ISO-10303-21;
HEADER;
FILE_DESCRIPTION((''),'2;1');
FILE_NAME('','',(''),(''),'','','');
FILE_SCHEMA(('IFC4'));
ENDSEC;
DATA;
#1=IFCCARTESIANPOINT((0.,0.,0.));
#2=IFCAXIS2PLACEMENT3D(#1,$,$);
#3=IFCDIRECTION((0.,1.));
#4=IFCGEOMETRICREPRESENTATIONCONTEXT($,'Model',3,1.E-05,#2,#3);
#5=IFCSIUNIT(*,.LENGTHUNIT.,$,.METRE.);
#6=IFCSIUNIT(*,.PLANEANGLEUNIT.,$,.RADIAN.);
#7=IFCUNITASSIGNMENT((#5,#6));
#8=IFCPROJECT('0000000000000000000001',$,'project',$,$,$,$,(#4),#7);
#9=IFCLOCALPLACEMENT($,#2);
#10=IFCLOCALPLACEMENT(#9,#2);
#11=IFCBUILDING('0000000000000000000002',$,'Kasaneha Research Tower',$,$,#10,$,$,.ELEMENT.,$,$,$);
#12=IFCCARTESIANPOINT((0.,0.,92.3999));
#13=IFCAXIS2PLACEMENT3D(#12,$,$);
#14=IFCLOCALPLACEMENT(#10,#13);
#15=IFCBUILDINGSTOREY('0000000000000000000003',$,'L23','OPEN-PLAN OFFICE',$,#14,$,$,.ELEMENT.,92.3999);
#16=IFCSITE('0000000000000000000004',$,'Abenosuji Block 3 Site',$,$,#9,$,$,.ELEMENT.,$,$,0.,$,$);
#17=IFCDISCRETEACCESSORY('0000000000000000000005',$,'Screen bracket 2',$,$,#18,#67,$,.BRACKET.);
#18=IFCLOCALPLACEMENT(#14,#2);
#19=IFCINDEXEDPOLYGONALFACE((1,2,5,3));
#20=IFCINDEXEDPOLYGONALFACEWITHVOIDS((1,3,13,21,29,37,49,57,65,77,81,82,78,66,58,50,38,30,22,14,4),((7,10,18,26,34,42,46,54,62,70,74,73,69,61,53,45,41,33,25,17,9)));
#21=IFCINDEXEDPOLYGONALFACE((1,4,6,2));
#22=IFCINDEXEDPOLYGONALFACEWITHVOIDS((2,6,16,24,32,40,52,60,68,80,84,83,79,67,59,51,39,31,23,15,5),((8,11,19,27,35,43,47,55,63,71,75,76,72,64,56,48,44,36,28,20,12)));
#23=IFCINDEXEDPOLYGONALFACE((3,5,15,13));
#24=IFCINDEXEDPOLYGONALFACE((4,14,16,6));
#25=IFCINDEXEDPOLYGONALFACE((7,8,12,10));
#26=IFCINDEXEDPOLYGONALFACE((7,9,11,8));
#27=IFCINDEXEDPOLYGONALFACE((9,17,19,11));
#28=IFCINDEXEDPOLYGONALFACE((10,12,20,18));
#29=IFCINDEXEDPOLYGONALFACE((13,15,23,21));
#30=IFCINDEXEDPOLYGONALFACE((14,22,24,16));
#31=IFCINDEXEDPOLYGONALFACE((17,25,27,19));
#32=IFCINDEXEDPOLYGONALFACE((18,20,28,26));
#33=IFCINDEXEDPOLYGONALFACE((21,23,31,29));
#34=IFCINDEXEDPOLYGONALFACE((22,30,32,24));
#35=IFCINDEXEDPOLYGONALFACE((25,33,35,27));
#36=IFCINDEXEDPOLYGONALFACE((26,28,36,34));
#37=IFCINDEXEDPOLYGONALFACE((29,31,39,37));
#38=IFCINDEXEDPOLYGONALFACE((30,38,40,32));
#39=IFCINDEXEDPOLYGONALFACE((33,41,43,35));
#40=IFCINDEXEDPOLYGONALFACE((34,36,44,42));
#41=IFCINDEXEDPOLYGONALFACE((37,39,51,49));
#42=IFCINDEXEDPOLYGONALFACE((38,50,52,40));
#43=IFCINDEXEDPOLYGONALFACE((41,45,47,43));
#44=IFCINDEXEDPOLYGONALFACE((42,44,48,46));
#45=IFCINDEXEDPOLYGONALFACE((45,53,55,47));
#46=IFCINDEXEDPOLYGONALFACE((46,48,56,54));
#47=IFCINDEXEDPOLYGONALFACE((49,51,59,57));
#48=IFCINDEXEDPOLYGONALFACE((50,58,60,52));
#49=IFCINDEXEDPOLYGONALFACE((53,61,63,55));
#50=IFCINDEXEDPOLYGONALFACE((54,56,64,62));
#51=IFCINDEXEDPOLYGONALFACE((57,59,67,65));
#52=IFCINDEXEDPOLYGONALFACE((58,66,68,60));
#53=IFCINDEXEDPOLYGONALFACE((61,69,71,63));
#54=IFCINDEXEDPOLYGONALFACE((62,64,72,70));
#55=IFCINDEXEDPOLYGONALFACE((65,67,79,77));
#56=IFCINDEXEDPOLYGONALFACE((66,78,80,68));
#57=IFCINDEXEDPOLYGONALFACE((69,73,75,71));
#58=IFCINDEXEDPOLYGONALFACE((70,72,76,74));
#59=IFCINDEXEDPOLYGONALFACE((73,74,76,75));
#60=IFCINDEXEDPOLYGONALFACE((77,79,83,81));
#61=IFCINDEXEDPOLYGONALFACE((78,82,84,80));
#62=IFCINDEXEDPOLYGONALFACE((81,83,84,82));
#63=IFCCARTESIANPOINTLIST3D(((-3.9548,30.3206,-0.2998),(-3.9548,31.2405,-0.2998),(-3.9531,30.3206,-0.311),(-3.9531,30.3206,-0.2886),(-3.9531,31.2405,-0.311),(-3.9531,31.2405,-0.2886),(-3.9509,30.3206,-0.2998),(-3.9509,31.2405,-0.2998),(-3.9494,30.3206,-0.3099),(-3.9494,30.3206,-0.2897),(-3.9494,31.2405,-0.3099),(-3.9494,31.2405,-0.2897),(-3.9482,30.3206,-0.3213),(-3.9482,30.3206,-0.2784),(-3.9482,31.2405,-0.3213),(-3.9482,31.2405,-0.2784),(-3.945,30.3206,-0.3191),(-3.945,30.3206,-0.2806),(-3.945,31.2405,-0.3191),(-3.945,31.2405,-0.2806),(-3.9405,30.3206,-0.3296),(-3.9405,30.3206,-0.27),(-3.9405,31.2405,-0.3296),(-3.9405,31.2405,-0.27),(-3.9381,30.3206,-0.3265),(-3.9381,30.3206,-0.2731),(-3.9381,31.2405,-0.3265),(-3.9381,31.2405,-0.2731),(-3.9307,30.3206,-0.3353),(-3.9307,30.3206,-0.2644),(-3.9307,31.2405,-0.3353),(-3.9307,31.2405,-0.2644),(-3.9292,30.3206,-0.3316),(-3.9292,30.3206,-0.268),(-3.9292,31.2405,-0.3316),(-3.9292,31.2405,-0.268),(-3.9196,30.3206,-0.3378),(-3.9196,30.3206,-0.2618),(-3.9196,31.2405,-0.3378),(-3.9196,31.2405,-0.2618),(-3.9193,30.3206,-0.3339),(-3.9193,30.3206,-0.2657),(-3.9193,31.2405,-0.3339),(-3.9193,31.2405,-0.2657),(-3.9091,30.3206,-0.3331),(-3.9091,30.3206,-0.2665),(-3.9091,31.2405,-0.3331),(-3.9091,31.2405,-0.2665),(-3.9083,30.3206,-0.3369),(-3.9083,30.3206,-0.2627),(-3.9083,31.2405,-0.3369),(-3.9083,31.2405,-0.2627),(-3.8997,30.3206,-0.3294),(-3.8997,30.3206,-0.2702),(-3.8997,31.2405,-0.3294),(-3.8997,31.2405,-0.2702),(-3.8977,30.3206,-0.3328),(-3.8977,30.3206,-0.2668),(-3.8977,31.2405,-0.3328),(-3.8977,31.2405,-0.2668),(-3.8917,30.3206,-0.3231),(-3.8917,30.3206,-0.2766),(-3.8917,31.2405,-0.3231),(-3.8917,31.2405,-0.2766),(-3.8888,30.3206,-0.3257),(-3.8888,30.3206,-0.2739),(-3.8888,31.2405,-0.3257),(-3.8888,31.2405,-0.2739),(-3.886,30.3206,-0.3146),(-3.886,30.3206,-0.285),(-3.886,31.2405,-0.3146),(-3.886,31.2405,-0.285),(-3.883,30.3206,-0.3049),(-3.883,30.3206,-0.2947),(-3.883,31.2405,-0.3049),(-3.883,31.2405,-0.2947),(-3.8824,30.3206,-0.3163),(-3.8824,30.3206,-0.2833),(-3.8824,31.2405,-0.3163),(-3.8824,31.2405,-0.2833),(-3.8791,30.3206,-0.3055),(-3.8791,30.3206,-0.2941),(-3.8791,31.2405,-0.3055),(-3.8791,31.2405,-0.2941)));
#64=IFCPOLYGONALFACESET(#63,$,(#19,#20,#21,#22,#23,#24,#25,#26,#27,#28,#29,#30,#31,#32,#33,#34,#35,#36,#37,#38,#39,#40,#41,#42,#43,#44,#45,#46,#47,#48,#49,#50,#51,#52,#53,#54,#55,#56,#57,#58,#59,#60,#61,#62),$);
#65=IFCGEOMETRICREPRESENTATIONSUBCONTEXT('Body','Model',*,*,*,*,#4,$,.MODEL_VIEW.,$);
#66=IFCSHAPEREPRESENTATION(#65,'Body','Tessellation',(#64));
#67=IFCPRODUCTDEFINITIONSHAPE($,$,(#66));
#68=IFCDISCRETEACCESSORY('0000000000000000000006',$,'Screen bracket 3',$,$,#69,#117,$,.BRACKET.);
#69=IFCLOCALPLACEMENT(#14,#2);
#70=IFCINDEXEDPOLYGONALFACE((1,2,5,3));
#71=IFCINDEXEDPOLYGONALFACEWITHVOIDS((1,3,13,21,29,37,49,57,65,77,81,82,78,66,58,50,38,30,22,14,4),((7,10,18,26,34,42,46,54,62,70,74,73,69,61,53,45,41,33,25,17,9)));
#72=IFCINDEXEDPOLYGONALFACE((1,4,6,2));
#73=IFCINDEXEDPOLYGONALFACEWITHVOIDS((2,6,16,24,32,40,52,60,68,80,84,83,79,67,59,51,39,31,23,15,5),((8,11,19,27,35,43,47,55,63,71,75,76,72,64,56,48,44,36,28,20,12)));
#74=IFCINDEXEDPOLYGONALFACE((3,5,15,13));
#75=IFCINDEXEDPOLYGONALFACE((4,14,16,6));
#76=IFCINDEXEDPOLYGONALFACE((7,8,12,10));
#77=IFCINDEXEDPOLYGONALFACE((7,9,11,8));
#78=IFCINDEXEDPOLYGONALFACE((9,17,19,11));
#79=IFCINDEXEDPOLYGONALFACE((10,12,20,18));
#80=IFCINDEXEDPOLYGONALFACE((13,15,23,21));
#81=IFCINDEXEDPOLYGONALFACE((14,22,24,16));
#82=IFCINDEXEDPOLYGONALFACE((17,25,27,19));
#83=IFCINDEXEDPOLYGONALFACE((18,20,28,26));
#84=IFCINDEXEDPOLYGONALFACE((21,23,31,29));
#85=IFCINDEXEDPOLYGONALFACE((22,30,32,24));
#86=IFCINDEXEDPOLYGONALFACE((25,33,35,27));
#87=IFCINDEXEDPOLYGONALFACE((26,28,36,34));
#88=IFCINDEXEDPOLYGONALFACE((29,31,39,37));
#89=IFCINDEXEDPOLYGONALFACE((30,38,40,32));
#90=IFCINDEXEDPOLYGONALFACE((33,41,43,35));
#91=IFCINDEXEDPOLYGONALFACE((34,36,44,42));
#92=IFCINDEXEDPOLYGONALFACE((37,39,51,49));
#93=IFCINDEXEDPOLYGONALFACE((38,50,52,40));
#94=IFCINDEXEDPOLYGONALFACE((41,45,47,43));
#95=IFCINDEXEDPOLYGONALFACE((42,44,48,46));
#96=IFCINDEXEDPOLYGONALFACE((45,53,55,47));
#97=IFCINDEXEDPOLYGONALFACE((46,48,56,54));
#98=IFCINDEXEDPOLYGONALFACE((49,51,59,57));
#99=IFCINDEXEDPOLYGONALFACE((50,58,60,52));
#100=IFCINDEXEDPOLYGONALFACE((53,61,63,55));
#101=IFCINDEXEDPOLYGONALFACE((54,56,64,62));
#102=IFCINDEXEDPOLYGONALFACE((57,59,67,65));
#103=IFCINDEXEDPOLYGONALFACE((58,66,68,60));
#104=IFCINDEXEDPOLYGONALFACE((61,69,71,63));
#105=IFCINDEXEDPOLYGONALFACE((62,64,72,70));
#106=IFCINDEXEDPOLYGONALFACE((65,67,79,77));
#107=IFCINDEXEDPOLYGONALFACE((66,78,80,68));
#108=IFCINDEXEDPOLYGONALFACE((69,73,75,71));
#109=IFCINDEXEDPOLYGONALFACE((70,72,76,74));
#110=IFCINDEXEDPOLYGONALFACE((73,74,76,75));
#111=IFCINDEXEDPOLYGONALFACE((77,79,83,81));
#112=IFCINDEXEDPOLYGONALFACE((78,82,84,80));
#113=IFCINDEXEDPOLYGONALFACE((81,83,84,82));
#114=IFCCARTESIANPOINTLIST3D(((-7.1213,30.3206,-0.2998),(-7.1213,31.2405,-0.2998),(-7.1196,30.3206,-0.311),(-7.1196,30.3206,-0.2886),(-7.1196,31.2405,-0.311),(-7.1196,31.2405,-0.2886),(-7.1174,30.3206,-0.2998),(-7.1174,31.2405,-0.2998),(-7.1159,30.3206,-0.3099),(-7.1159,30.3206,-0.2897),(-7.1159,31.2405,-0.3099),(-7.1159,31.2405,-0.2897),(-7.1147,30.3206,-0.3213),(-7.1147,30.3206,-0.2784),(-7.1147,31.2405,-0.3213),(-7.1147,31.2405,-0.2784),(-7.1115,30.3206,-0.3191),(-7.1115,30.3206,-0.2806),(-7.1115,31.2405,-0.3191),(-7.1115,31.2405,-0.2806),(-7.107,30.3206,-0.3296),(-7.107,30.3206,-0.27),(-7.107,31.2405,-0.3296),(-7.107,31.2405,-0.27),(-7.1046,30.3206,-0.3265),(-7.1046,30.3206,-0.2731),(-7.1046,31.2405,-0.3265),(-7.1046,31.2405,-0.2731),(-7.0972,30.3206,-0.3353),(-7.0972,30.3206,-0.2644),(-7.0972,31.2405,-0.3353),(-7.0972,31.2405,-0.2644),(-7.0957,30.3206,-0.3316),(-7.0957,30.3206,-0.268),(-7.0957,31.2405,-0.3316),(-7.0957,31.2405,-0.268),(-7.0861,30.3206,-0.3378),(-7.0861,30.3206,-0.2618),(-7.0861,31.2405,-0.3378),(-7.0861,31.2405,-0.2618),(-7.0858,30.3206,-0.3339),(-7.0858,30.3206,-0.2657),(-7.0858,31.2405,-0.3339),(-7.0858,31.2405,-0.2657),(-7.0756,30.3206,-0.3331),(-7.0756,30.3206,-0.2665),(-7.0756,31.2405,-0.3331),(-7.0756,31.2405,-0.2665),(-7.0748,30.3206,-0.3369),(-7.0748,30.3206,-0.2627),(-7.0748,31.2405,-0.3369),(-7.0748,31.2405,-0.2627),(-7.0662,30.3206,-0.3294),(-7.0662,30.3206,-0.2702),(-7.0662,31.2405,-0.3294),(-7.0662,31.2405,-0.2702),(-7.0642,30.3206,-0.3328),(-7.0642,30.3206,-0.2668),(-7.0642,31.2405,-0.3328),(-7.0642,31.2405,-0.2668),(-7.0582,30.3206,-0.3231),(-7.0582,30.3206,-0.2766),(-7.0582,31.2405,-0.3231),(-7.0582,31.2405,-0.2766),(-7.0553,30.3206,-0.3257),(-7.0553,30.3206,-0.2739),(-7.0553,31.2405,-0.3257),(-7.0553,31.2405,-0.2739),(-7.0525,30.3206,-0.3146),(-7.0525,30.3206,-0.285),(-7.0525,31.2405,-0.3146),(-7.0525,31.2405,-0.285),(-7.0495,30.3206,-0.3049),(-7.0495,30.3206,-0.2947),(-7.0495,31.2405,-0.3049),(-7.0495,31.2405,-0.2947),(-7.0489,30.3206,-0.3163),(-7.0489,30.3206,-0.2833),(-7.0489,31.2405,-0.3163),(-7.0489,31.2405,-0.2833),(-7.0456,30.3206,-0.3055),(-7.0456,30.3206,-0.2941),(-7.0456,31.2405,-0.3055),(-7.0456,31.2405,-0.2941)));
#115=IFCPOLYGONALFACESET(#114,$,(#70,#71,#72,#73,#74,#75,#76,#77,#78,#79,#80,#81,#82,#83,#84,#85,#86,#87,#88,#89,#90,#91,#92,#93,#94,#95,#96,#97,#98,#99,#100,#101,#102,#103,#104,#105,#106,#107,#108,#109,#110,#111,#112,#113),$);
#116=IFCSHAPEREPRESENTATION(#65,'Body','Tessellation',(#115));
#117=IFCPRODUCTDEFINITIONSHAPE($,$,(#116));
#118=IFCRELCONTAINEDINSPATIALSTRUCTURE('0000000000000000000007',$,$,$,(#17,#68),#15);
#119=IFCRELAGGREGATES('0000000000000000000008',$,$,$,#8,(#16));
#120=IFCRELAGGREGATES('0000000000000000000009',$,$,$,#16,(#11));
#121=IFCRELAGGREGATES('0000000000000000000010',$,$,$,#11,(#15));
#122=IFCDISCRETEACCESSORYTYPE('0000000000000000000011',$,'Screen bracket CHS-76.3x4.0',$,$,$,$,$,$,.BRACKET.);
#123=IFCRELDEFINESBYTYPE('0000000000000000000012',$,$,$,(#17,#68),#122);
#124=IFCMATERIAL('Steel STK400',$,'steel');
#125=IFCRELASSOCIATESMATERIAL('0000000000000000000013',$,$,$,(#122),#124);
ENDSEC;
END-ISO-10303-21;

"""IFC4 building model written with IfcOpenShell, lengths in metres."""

from ifc_helpers import new_model, si_unit, direction, frame, origin, origin_2d, place, context, subcontext, project, spatial, hollow_circle, extrude, material, material_profile, profile_set, type_object, element, save


model = new_model("IFC4")

# Units and contexts
model_context = context("Model", 3, precision=1e-05, world=origin(), true_north=direction((0.0, 1.0)))
body_context = subcontext(model_context, "Body", "Model", "MODEL_VIEW")
ifc_project = project(units=[si_unit("LENGTHUNIT", "METRE"), si_unit("PLANEANGLEUNIT", "RADIAN")], contexts=[model_context])

# Site, building, storey
site_placement = place(None, origin())
site = spatial("IfcSite", under=ifc_project, at=site_placement, Name="Abenosuji Block 3 Site", CompositionType="ELEMENT", RefElevation=0.0)
building_placement = place(site_placement, origin())
building = spatial("IfcBuilding", under=site, at=building_placement, Name="Kasaneha Research Tower", CompositionType="ELEMENT")
storey_placement = place(building_placement, frame((0.0, 0.0, 92.3999)))
storey = spatial("IfcBuildingStorey", under=building, at=storey_placement, Name="L23", Description="OPEN-PLAN OFFICE", CompositionType="ELEMENT", Elevation=92.3999)

# Discrete accessories
ifc_material_1 = material(Name="Steel STK400", Category="steel")
ifc_material_profile_1 = material_profile(ifc_material_1, hollow_circle(Radius=0.0381, WallThickness=0.0039, at=origin_2d()), Name="CHS-76.3x4.0")
ifc_profile_set_1 = profile_set([ifc_material_profile_1], Name="Steel STK400")
discrete_accessory_type = type_object("IfcDiscreteAccessoryType", Name="Screen bracket CHS-76.3x4.0", PredefinedType="BRACKET", material=ifc_profile_set_1)
for number, where, z_axis, x_axis, name in (
    (1, (-3.9167, 30.3206, -0.2998), (0.0, 1.0, 0.0), (-1.0, 0.0, 0.0), "Screen bracket 2"),
    (2, (-7.0833, 30.3206, -0.2998), (0.0, 1.0, 0.0), (-1.0, 0.0, 0.0), "Screen bracket 3"),
):
    element("IfcDiscreteAccessory", number, at=place(storey_placement, frame(where, z_axis=z_axis, x_axis=x_axis)), inside=storey, type_object=discrete_accessory_type, Name=name, PredefinedType="BRACKET", context=body_context, shape_type="SweptSolid", body=[
        extrude(hollow_circle(Radius=0.0381, WallThickness=0.0039, at=origin_2d()), origin(), (0.0, 0.0, 1.0), 0.9199),
    ])

save(model, "model.ifc")
